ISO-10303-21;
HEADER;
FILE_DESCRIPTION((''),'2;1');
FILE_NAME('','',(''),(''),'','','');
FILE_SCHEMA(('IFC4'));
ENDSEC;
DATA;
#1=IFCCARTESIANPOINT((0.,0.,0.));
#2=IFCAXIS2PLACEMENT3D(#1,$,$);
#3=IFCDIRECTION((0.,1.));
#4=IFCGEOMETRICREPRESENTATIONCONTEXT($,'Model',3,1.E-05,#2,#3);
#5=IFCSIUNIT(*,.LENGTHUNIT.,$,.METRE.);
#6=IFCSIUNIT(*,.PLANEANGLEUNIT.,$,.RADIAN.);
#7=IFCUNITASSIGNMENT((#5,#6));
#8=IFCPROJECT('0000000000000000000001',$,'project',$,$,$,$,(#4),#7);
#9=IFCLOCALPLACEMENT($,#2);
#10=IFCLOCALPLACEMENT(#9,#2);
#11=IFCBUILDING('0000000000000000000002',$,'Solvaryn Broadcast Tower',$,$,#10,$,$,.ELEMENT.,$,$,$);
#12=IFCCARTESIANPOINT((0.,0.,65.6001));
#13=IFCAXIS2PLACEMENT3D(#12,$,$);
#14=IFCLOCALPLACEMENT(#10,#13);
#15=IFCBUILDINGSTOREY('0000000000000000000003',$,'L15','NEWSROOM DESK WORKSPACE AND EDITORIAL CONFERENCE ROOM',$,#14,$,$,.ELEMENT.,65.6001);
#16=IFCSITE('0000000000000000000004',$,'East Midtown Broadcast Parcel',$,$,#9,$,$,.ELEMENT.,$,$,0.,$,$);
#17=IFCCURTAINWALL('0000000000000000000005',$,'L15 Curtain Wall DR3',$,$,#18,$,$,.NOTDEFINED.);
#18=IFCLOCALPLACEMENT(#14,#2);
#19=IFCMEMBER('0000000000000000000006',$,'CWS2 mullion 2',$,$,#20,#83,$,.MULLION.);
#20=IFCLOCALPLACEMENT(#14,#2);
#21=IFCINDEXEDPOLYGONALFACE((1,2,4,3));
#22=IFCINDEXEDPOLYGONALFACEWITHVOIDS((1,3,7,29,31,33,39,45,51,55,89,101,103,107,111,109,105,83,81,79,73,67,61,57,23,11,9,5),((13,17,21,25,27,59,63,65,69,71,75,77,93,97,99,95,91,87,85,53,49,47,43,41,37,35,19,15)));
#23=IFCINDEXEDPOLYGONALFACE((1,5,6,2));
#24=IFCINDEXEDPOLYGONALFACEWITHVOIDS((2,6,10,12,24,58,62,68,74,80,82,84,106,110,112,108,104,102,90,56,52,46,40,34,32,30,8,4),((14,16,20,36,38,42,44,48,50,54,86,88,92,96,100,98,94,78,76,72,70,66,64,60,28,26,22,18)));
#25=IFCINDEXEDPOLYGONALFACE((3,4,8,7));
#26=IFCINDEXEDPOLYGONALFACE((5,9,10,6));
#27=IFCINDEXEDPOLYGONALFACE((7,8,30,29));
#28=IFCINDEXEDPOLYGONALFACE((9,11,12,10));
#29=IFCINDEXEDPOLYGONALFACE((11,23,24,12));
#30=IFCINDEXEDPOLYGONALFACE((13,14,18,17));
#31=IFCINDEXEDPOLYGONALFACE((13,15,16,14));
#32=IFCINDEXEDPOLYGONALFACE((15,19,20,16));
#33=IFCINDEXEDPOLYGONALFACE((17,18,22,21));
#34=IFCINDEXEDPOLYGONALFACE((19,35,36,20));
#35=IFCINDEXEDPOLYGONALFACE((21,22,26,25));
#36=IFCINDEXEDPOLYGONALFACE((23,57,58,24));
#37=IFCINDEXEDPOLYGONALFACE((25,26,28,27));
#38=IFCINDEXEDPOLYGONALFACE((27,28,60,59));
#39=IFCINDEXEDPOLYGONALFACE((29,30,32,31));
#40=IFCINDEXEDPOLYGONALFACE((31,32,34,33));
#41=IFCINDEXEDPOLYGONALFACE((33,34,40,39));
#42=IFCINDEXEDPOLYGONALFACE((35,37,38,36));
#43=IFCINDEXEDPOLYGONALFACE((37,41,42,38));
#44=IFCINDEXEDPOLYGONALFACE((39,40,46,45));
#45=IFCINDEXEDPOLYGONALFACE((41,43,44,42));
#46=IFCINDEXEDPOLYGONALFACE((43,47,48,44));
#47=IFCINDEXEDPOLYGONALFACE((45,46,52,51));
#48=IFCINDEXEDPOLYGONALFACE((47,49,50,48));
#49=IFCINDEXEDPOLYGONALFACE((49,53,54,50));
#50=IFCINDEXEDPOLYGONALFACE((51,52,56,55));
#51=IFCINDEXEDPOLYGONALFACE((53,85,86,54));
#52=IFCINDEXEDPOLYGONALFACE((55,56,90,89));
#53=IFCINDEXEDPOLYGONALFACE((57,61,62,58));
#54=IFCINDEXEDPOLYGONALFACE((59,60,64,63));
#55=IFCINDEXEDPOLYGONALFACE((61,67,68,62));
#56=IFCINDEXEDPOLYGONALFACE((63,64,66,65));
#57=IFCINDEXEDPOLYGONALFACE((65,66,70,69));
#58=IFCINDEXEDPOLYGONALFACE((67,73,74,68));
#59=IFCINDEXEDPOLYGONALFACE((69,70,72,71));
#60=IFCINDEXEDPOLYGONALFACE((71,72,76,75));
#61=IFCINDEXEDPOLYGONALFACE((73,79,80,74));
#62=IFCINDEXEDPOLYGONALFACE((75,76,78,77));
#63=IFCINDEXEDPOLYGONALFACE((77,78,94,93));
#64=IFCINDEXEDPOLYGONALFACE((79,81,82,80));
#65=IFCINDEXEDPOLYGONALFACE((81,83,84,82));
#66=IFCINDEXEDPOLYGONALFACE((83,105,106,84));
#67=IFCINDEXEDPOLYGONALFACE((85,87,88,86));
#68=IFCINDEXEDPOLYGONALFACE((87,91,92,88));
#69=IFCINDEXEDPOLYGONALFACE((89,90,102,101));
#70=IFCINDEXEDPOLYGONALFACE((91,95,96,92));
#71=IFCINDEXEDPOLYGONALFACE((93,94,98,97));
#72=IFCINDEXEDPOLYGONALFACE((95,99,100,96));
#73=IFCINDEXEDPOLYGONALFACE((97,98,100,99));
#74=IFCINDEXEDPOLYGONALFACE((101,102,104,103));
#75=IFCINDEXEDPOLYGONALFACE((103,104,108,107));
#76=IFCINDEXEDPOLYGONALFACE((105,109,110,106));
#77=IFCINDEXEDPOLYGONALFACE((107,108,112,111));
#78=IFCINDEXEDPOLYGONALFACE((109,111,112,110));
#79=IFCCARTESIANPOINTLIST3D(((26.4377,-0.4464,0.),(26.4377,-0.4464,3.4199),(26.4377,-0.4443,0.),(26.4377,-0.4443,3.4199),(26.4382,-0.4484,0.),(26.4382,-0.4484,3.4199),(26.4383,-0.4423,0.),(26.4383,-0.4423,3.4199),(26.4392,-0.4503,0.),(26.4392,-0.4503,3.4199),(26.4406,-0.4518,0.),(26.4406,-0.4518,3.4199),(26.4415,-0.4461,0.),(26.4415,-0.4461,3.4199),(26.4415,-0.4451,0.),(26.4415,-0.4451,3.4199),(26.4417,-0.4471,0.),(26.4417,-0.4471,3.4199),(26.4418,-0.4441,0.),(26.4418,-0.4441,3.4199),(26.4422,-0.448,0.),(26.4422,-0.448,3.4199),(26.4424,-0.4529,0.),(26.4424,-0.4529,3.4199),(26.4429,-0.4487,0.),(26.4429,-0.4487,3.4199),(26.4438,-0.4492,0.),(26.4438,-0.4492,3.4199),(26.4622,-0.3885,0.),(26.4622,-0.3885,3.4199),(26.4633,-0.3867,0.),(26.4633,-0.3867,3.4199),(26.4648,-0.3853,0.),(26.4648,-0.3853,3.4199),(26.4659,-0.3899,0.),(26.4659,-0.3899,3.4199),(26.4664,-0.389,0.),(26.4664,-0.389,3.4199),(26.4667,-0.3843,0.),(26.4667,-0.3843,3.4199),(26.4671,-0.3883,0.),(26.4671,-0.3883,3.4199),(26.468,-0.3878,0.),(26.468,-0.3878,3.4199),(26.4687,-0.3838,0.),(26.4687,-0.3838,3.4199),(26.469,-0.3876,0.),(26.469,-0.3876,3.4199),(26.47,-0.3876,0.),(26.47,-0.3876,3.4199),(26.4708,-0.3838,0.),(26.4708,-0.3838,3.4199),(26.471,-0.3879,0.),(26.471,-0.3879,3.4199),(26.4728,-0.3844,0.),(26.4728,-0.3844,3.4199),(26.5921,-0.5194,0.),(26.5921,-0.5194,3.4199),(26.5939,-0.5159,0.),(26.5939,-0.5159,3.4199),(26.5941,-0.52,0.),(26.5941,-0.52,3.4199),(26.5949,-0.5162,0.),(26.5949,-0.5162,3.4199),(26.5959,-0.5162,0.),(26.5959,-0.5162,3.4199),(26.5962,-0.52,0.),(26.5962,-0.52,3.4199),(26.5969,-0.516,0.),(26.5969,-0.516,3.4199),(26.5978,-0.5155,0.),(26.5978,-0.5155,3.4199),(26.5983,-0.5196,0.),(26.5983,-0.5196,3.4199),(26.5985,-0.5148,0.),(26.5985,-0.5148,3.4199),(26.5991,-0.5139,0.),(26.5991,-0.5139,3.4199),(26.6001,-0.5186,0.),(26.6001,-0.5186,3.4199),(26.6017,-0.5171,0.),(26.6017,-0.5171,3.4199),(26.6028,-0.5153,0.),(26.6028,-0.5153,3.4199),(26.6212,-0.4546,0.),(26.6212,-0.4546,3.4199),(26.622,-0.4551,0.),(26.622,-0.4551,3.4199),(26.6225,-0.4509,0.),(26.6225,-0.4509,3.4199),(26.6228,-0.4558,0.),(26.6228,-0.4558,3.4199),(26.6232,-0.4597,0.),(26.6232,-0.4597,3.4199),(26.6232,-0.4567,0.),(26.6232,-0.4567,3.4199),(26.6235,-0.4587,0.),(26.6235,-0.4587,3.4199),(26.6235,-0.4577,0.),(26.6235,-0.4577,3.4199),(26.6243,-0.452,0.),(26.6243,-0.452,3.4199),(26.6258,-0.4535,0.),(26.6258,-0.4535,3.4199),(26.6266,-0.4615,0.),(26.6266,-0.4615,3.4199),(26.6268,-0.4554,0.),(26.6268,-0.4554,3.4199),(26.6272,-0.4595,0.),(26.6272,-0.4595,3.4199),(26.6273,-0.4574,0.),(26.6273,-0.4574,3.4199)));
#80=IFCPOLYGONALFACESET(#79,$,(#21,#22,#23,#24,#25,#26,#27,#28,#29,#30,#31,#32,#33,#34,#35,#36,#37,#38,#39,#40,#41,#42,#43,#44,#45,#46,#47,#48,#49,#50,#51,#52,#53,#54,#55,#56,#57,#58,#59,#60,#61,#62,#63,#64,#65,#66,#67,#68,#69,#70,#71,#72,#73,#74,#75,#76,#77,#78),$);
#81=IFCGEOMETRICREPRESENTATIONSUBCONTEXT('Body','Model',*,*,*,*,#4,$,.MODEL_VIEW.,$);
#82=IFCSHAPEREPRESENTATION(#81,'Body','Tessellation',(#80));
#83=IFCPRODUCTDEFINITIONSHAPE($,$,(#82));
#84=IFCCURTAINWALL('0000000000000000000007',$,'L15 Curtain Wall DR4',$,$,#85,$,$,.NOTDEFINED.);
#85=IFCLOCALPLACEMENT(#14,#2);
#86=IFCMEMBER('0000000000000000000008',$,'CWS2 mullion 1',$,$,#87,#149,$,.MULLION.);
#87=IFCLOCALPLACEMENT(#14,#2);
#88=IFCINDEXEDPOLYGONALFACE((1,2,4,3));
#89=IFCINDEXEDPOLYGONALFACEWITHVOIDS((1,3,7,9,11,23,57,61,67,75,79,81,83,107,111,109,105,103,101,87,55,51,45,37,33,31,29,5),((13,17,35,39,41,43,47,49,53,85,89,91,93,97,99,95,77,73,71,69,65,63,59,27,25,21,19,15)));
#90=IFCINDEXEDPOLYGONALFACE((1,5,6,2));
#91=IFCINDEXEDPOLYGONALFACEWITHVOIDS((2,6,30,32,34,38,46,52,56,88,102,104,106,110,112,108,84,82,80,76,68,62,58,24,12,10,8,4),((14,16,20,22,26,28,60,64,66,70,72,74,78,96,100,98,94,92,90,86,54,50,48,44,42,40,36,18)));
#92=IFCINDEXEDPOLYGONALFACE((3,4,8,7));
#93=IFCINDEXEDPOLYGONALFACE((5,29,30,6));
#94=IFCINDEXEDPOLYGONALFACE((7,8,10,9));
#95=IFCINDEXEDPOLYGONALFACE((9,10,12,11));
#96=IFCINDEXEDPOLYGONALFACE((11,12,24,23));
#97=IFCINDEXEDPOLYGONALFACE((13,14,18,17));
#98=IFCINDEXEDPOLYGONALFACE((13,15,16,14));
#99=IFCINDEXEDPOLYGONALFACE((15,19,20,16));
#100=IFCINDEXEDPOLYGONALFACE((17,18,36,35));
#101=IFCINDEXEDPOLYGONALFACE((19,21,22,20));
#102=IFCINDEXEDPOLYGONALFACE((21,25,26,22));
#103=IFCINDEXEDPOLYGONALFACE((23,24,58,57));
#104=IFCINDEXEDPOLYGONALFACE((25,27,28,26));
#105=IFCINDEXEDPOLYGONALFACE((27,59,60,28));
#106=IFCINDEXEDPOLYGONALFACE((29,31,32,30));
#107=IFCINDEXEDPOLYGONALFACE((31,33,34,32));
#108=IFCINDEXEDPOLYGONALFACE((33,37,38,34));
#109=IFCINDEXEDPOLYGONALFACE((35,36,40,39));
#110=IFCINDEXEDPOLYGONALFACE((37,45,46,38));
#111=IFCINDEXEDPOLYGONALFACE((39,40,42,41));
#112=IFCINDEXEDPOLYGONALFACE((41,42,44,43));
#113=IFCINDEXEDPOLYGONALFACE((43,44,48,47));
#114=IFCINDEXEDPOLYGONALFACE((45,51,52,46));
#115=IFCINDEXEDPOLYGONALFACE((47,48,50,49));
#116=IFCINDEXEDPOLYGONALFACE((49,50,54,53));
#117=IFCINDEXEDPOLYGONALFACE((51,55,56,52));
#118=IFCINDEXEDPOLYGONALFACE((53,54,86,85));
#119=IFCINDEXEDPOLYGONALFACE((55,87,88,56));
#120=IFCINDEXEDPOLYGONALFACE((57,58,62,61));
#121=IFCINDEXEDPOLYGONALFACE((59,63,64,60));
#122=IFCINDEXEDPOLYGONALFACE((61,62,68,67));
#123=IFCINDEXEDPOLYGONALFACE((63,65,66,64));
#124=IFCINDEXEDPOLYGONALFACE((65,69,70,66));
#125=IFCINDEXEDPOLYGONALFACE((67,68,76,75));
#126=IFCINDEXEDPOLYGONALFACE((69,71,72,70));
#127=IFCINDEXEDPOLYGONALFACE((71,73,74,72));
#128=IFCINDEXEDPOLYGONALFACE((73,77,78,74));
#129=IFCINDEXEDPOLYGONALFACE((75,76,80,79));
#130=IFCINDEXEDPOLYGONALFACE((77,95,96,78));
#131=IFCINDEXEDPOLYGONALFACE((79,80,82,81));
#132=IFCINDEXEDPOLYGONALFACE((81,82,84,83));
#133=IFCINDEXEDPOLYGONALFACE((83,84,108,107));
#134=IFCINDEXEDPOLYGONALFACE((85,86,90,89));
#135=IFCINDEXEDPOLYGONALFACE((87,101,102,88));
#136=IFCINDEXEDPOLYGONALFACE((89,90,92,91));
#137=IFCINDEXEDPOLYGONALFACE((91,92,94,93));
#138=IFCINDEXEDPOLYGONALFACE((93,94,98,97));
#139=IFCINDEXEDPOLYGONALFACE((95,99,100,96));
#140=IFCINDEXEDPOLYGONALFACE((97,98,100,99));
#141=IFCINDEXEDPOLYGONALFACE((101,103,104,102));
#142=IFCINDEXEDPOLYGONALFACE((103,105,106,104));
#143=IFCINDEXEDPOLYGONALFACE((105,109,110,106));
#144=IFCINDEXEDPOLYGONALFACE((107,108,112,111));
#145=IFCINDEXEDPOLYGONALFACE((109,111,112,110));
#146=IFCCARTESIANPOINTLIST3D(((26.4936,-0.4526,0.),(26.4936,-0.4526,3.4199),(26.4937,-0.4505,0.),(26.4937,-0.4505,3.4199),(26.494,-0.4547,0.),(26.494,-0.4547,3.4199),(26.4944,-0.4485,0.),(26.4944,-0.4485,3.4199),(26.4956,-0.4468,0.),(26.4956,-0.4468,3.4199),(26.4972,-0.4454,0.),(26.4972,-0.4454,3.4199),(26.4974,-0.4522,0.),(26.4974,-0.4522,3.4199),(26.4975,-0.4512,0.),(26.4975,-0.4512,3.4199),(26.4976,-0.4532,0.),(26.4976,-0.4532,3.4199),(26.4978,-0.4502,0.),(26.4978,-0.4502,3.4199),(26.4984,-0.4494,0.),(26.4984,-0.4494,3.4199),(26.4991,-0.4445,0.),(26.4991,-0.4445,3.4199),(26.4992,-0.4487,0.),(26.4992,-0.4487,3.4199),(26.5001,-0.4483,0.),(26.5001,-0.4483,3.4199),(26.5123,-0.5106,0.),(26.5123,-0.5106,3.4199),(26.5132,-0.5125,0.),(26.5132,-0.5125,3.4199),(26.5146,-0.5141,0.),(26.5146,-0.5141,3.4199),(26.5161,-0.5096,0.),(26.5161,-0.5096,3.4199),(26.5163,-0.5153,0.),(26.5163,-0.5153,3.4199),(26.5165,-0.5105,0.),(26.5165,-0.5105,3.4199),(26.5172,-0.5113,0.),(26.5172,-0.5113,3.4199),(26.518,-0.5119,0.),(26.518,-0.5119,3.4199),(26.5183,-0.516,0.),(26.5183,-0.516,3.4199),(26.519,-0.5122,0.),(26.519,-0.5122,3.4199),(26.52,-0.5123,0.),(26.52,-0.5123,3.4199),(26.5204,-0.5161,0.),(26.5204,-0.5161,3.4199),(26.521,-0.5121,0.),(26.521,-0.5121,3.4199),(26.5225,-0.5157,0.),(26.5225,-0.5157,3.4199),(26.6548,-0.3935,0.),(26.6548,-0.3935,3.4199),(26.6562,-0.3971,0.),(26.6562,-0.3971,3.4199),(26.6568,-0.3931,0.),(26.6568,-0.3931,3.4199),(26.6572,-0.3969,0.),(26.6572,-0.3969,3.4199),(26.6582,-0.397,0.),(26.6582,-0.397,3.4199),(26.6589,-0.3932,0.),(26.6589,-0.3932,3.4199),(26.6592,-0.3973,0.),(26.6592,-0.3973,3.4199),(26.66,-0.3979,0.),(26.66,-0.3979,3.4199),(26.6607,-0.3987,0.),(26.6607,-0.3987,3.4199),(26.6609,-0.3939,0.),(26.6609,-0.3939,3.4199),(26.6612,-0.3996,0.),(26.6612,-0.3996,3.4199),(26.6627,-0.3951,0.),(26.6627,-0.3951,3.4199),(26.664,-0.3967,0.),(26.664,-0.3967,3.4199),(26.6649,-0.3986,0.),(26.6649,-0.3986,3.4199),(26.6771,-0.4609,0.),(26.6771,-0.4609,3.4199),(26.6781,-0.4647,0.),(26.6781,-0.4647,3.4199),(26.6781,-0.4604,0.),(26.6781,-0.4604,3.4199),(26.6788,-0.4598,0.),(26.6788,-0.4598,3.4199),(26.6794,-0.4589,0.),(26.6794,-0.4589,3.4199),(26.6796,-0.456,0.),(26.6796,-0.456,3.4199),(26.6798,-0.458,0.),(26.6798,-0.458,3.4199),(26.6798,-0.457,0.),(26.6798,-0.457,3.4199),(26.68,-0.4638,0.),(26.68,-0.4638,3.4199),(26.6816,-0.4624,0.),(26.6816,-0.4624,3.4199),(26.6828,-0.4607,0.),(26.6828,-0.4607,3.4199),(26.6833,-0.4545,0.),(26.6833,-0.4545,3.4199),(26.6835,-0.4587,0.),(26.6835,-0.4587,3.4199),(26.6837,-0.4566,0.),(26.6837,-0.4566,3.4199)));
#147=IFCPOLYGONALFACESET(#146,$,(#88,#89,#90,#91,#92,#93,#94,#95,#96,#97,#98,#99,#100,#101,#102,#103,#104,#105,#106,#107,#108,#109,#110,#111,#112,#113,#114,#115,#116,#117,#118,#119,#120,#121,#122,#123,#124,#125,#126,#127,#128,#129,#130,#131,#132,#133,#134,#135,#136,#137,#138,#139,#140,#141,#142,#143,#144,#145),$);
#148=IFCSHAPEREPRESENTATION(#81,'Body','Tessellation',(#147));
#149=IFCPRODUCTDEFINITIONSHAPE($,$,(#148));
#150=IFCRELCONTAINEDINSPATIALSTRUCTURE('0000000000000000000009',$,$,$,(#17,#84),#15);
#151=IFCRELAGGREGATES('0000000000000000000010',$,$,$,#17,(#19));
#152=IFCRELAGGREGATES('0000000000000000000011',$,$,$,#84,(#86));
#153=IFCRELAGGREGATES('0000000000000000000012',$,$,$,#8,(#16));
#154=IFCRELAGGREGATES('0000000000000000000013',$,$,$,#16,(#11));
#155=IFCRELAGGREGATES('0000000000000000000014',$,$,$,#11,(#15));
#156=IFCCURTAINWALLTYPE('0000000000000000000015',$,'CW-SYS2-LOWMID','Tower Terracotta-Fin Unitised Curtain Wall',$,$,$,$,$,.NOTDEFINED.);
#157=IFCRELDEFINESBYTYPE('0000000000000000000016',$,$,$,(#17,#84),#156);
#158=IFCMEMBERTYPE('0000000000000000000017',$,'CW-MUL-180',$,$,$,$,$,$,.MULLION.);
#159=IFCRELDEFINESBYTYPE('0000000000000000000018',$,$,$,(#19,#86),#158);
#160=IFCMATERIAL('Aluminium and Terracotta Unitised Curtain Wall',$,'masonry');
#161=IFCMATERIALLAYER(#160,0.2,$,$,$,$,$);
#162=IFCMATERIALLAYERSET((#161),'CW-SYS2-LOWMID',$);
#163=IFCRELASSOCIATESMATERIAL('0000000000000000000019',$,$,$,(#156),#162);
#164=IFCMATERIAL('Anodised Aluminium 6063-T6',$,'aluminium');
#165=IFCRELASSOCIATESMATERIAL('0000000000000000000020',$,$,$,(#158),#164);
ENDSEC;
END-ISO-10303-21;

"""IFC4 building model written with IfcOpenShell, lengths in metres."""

from ifc_helpers import new_model, si_unit, direction, frame, origin, origin_2d, place, context, subcontext, project, spatial, hollow_rectangle, extrude, material, layer, layer_set, material_profile, profile_set, type_object, element, aggregate, save


model = new_model("IFC4")

# Units and contexts
model_context = context("Model", 3, precision=1e-05, world=origin(), true_north=direction((0.0, 1.0)))
body_context = subcontext(model_context, "Body", "Model", "MODEL_VIEW")
ifc_project = project(units=[si_unit("LENGTHUNIT", "METRE"), si_unit("PLANEANGLEUNIT", "RADIAN")], contexts=[model_context])

# Site, building, storey
site_placement = place(None, origin())
site = spatial("IfcSite", under=ifc_project, at=site_placement, Name="East Midtown Broadcast Parcel", CompositionType="ELEMENT", RefElevation=0.0)
building_placement = place(site_placement, origin())
building = spatial("IfcBuilding", under=site, at=building_placement, Name="Solvaryn Broadcast Tower", CompositionType="ELEMENT")
storey_placement = place(building_placement, frame((0.0, 0.0, 65.6001)))
storey = spatial("IfcBuildingStorey", under=building, at=storey_placement, Name="L15", Description="NEWSROOM DESK WORKSPACE AND EDITORIAL CONFERENCE ROOM", CompositionType="ELEMENT", Elevation=65.6001)

# Curtain wall, member
ifc_material_1 = material(Name="Aluminium and Terracotta Unitised Curtain Wall", Category="masonry")
ifc_layer_1 = layer(ifc_material_1, 0.2)
ifc_layer_set_1 = layer_set([ifc_layer_1], Name="CW-SYS2-LOWMID")
curtain_wall_type = type_object("IfcCurtainWallType", Name="CW-SYS2-LOWMID", Description="Tower Terracotta-Fin Unitised Curtain Wall", PredefinedType="NOTDEFINED", material=ifc_layer_set_1)
curtain_wall_1_placement = place(storey_placement, origin())
curtain_wall_1 = element("IfcCurtainWall", 1, at=curtain_wall_1_placement, inside=storey, type_object=curtain_wall_type, Name="L15 Curtain Wall DR3", PredefinedType="NOTDEFINED")
ifc_material_2 = material(Name="Anodised Aluminium 6063-T6", Category="aluminium")
ifc_material_profile_1 = material_profile(ifc_material_2, hollow_rectangle(XDim=0.075, YDim=0.1799, WallThickness=0.0039, InnerFilletRadius=0.0039, OuterFilletRadius=0.0081, at=origin_2d()))
ifc_profile_set_1 = profile_set([ifc_material_profile_1], Name="Anodised Aluminium 6063-T6")
member_type_1 = type_object("IfcMemberType", Name="CW-MUL-180", PredefinedType="MULLION", material=ifc_profile_set_1)
member_1_placement = place(storey_placement, frame((26.5325, -0.4519, 0.0), z_axis=(0.0, 0.0, 1.0), x_axis=(0.405898, 0.913918, 0.0)))
member_1 = element("IfcMember", 2, at=member_1_placement, type_object=member_type_1, Name="CWS2 mullion 2", PredefinedType="MULLION", context=body_context, shape_type="SweptSolid", body=[
    extrude(hollow_rectangle(XDim=0.075, YDim=0.1799, WallThickness=0.0039, InnerFilletRadius=0.0039, OuterFilletRadius=0.0081, at=origin_2d()), origin(), (0.0, 0.0, 1.0), 3.4199),
])
aggregate(curtain_wall_1, [member_1])

# Curtain wall, member
curtain_wall_2_placement = place(storey_placement, origin())
curtain_wall_2 = element("IfcCurtainWall", 3, at=curtain_wall_2_placement, inside=storey, type_object=curtain_wall_type, Name="L15 Curtain Wall DR4", PredefinedType="NOTDEFINED")
member_2_placement = place(storey_placement, frame((26.5886, -0.4546, 0.0), z_axis=(0.0, 0.0, 1.0), x_axis=(-0.311594, 0.950215, 0.0)))
member_2 = element("IfcMember", 4, at=member_2_placement, type_object=member_type_1, Name="CWS2 mullion 1", PredefinedType="MULLION", context=body_context, shape_type="SweptSolid", body=[
    extrude(hollow_rectangle(XDim=0.075, YDim=0.1799, WallThickness=0.0039, InnerFilletRadius=0.0039, OuterFilletRadius=0.0081, at=origin_2d()), origin(), (0.0, 0.0, 1.0), 3.4199),
])
aggregate(curtain_wall_2, [member_2])

save(model, "model.ifc")
